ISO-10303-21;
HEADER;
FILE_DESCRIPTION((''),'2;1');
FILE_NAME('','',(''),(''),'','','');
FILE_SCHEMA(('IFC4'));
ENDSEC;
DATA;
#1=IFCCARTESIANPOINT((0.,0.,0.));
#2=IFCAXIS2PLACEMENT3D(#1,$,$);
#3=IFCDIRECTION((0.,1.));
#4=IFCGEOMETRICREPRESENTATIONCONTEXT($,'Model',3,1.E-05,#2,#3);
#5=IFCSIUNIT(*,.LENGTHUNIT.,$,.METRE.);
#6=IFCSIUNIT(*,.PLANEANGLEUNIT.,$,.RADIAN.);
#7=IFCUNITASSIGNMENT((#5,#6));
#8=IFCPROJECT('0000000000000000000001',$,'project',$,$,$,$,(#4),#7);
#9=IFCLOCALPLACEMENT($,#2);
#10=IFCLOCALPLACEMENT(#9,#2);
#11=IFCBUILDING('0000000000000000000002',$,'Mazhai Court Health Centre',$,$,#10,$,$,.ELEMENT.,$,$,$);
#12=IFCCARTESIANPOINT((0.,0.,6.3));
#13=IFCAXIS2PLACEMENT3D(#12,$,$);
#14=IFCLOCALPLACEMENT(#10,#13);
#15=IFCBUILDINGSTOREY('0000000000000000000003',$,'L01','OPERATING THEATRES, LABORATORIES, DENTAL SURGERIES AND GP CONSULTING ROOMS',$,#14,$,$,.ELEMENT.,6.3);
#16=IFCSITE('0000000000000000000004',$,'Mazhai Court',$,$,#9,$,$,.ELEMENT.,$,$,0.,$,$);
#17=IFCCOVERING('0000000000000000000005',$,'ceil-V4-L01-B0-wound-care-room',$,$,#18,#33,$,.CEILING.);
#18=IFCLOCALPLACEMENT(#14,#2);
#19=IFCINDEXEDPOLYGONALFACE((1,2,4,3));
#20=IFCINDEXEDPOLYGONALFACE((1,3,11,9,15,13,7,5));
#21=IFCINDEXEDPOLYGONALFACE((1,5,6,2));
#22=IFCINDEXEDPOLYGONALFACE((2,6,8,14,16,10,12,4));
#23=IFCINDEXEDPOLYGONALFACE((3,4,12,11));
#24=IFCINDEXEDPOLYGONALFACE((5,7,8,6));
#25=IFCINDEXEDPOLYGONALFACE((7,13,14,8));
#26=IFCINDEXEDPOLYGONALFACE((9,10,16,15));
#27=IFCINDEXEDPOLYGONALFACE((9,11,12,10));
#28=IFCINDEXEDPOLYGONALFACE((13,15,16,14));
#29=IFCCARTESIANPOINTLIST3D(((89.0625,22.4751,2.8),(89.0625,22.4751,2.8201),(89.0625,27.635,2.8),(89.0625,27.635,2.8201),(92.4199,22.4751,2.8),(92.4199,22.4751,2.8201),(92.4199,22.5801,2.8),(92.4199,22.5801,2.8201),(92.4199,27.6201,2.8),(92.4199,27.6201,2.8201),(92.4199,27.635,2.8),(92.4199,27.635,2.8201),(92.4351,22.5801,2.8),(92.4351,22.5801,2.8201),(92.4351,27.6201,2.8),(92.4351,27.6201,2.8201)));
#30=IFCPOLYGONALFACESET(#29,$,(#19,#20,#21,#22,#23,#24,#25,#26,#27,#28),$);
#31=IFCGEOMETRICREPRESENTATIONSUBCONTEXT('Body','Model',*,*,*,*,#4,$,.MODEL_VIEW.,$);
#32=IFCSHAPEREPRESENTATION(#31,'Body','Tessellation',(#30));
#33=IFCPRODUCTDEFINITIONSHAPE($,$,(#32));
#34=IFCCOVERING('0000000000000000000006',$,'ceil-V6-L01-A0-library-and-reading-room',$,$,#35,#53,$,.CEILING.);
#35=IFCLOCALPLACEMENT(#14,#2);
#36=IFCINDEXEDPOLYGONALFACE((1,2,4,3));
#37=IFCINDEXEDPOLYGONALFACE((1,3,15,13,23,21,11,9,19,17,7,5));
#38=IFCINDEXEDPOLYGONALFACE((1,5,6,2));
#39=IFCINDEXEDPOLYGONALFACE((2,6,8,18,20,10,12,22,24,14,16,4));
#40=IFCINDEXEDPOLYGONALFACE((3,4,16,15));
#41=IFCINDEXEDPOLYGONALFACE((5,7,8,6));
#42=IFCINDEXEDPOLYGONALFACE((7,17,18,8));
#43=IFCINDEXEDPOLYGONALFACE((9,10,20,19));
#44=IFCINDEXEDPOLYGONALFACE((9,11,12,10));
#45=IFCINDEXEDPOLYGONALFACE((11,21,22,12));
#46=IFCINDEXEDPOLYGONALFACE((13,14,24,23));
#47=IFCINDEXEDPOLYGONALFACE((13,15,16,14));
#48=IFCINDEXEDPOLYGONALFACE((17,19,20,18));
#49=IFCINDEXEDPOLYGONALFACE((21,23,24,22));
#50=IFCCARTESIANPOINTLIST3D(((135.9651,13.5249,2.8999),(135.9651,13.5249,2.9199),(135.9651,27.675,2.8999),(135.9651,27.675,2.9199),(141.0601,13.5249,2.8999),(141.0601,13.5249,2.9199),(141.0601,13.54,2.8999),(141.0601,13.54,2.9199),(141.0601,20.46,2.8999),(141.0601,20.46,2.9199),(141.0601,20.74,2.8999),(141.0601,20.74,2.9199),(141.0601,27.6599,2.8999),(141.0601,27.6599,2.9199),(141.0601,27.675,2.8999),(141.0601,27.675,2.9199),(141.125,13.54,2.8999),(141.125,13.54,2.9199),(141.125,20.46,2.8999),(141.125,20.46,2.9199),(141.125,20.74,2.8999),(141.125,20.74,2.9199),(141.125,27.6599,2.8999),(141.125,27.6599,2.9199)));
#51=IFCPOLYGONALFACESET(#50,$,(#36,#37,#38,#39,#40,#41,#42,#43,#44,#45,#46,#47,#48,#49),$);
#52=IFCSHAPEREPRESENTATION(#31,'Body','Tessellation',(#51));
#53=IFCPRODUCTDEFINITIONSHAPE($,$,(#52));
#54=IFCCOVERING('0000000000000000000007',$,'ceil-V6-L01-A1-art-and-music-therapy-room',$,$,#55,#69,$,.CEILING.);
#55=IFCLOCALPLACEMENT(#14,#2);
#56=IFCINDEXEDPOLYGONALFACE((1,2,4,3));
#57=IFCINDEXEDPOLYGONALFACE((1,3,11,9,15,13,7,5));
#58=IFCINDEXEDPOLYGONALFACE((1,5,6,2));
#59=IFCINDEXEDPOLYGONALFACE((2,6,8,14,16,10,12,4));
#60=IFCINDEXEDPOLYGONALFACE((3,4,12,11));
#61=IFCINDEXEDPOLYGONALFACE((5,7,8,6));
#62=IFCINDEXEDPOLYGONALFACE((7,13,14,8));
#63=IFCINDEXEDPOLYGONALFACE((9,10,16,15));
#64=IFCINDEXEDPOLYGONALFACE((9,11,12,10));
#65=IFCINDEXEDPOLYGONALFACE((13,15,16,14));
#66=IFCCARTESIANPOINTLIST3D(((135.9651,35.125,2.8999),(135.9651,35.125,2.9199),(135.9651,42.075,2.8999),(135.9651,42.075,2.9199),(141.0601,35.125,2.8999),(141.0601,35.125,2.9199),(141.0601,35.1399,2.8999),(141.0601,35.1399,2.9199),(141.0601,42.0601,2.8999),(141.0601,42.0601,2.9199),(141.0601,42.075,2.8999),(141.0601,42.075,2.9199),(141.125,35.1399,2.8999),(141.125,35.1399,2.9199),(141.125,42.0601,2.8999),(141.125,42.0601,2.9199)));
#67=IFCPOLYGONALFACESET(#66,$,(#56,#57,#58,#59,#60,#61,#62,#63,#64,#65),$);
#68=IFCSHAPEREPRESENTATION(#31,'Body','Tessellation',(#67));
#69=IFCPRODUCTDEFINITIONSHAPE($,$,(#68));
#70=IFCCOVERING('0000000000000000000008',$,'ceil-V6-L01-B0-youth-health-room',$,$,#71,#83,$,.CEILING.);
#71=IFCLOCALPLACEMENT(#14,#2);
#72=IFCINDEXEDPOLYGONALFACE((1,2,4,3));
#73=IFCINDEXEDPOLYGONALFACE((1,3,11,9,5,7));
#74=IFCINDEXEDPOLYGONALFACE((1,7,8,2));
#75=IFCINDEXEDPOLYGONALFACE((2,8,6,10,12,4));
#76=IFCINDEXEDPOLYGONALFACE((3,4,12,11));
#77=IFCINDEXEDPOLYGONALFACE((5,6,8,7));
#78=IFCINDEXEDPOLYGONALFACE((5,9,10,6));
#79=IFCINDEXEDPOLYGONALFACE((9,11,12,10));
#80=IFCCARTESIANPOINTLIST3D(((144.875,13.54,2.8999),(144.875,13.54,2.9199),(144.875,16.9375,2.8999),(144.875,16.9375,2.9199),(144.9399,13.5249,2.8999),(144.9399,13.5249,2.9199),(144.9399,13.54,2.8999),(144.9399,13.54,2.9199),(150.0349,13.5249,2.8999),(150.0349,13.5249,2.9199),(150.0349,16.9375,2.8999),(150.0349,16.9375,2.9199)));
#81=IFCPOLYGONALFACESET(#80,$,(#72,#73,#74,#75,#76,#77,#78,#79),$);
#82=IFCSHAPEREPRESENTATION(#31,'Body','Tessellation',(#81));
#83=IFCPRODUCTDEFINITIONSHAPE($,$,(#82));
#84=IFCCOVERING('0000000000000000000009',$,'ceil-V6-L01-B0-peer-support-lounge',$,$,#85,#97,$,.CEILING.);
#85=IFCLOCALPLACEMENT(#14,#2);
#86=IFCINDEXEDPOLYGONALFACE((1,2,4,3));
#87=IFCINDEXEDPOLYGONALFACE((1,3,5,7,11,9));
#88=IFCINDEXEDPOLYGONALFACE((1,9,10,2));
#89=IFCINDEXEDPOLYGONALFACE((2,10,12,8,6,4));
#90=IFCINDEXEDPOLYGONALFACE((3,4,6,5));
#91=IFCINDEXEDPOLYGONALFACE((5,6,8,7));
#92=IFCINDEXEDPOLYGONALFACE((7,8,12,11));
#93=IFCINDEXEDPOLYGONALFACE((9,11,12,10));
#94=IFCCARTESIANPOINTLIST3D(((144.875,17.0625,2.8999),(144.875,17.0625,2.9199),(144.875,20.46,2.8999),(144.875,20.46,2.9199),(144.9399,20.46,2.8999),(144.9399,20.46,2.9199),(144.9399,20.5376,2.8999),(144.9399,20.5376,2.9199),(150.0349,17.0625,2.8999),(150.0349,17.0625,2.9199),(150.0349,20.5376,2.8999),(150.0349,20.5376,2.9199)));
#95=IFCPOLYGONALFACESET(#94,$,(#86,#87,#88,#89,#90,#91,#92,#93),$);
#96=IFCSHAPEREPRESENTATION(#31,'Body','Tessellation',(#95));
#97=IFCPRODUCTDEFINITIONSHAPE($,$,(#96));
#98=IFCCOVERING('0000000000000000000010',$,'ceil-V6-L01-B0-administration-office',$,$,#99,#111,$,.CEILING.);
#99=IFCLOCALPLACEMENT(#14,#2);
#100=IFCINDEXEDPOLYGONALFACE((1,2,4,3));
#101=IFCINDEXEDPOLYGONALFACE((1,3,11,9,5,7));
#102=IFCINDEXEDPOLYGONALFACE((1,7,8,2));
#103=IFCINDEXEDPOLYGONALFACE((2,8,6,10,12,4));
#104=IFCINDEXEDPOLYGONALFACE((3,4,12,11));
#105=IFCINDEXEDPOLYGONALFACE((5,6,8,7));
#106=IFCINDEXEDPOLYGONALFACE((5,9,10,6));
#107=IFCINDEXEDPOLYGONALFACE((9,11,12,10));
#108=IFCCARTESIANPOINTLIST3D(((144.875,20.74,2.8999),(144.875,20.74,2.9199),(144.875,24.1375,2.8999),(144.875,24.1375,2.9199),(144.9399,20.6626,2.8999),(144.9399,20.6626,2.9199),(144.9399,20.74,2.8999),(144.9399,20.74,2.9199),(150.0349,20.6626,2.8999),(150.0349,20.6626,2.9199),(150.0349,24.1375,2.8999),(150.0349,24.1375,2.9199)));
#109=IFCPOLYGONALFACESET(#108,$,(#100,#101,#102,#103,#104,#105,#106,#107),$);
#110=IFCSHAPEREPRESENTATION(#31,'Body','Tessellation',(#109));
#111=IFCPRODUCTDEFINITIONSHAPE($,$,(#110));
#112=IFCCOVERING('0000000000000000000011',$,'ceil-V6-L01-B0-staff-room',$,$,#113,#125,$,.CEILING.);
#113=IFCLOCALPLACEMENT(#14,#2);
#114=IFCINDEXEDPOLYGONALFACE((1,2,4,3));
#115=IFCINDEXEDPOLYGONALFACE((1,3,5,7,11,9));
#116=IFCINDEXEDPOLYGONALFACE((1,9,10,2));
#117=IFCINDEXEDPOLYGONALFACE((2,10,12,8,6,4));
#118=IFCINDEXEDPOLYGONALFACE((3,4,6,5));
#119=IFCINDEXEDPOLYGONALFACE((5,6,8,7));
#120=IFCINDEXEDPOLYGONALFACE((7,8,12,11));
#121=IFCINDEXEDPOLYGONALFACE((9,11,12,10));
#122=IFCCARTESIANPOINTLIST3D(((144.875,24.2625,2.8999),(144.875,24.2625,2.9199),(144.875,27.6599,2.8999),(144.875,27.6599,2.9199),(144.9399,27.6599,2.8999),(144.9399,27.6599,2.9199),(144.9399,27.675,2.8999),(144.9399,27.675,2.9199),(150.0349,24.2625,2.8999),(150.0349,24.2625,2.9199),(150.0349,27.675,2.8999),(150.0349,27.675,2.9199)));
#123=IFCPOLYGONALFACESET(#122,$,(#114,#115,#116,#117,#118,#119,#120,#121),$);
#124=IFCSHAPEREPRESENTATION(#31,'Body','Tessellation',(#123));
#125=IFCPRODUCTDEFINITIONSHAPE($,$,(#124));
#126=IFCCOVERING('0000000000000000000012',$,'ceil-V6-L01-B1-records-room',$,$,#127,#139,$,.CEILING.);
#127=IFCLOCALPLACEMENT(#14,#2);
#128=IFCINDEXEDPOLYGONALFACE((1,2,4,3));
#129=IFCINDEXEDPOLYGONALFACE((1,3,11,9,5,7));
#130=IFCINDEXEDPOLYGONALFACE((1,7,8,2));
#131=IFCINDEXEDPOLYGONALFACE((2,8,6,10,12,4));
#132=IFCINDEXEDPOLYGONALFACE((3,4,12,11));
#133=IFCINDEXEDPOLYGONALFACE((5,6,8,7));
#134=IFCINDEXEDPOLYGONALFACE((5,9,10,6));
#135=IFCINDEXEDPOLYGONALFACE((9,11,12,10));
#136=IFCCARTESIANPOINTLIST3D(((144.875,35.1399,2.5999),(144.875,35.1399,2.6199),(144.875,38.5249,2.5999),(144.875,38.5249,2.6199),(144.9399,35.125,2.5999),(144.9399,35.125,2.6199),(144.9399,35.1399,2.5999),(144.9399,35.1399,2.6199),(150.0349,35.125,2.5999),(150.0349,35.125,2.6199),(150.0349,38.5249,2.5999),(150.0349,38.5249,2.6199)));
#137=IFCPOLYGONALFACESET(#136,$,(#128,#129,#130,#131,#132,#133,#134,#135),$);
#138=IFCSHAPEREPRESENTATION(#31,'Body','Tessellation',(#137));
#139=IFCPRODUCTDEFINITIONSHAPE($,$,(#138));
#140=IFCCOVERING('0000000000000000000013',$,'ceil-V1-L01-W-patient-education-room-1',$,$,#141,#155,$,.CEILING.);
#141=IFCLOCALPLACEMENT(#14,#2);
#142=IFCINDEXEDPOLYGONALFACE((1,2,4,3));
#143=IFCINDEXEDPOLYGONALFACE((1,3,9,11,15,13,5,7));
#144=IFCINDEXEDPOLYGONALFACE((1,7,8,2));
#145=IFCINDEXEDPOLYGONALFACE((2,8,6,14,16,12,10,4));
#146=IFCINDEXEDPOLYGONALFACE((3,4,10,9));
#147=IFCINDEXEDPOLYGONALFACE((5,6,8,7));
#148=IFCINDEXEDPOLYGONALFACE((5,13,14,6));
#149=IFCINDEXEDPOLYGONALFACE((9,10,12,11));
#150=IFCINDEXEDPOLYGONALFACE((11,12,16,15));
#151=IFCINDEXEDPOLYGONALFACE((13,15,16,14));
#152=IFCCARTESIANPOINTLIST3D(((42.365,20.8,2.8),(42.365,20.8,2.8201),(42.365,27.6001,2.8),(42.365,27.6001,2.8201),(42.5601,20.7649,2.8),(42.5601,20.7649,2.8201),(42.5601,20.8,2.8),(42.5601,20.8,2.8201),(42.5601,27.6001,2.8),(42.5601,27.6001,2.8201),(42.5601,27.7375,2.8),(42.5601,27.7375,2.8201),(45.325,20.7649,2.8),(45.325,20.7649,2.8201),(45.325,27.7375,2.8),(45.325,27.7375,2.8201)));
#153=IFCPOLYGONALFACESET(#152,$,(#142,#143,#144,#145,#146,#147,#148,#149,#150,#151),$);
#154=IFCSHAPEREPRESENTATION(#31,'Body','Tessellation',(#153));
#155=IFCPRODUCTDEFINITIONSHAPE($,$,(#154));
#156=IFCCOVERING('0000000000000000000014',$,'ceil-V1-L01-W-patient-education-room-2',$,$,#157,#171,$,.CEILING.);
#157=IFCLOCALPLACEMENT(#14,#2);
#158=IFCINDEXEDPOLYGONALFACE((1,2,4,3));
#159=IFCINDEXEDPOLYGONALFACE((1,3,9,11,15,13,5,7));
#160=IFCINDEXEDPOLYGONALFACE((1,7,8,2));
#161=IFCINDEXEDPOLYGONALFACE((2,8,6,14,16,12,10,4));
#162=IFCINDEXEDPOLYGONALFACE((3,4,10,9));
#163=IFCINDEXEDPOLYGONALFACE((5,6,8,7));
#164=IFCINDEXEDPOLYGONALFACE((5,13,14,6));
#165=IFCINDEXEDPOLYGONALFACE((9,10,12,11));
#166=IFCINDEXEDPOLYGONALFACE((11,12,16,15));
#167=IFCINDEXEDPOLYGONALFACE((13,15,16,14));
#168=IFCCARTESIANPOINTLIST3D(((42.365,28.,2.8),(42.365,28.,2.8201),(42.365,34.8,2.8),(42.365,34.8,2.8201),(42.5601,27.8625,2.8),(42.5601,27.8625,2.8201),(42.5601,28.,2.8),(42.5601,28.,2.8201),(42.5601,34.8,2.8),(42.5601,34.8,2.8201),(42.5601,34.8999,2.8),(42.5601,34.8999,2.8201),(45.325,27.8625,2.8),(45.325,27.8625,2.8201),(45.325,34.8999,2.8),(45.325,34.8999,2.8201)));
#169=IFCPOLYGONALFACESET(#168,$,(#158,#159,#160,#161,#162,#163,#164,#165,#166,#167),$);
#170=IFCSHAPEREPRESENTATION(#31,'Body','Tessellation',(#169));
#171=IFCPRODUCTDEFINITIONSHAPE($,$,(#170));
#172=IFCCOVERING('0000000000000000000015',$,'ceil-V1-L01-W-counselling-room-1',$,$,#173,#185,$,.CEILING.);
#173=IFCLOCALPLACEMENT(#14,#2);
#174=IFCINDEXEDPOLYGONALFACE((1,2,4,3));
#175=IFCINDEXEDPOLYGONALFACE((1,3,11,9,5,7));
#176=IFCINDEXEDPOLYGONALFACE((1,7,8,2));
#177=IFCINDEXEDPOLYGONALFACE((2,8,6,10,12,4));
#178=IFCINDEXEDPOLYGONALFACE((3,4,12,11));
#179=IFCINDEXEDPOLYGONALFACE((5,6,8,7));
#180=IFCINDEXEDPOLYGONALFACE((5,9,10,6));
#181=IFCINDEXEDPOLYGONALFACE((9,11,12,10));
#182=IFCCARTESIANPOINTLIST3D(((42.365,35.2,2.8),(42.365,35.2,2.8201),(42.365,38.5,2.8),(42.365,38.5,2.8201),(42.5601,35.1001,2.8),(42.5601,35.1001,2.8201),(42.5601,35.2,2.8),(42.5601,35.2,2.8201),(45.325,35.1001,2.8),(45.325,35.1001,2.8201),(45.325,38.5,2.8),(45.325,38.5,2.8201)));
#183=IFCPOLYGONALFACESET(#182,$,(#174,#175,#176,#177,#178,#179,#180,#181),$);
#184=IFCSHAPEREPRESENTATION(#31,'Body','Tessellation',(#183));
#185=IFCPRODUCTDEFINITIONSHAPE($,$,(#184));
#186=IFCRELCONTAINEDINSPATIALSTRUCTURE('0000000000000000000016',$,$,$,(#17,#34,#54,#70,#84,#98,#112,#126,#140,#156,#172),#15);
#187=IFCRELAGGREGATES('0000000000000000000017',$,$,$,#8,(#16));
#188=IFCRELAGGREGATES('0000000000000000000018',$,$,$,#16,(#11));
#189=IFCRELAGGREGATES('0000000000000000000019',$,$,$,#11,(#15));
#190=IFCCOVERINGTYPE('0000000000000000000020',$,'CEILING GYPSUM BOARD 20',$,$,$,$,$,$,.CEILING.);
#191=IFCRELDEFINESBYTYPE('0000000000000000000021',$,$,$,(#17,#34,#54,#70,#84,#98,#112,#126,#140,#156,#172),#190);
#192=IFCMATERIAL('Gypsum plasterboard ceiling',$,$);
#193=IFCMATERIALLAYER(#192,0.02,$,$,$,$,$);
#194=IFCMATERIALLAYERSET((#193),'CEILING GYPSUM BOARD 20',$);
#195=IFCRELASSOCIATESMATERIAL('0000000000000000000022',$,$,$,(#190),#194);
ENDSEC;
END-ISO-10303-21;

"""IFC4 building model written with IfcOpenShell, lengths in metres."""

from ifc_helpers import new_model, si_unit, direction, frame, origin, place, context, subcontext, project, spatial, polyline, outline, extrude, material, layer, layer_set, type_object, element, save


model = new_model("IFC4")

# Units and contexts
model_context = context("Model", 3, precision=1e-05, world=origin(), true_north=direction((0.0, 1.0)))
body_context = subcontext(model_context, "Body", "Model", "MODEL_VIEW")
ifc_project = project(units=[si_unit("LENGTHUNIT", "METRE"), si_unit("PLANEANGLEUNIT", "RADIAN")], contexts=[model_context])

# Site, building, storey
site_placement = place(None, origin())
site = spatial("IfcSite", under=ifc_project, at=site_placement, Name="Mazhai Court", CompositionType="ELEMENT", RefElevation=0.0)
building_placement = place(site_placement, origin())
building = spatial("IfcBuilding", under=site, at=building_placement, Name="Mazhai Court Health Centre", CompositionType="ELEMENT")
storey_placement = place(building_placement, frame((0.0, 0.0, 6.3)))
storey = spatial("IfcBuildingStorey", under=building, at=storey_placement, Name="L01", Description="OPERATING THEATRES, LABORATORIES, DENTAL SURGERIES AND GP CONSULTING ROOMS", CompositionType="ELEMENT", Elevation=6.3)

# Coverings
ifc_material_1 = material(Name="Gypsum plasterboard ceiling")
ifc_layer_1 = layer(ifc_material_1, 0.02)
ifc_layer_set_1 = layer_set([ifc_layer_1], Name="CEILING GYPSUM BOARD 20")
covering_type_1 = type_object("IfcCoveringType", Name="CEILING GYPSUM BOARD 20", PredefinedType="CEILING", material=ifc_layer_set_1)
covering_1_placement = place(storey_placement, frame((0.0, 0.0, 2.8)))
element("IfcCovering", 1, at=covering_1_placement, inside=storey, type_object=covering_type_1, Name="ceil-V4-L01-B0-wound-care-room", PredefinedType="CEILING", context=body_context, shape_type="SweptSolid", body=[
    extrude(outline(polyline([(92.4351, 27.6201), (92.4199, 27.6201), (92.4199, 27.635), (89.0625, 27.635), (89.0625, 22.4751), (92.4199, 22.4751), (92.4199, 22.5801), (92.4351, 22.5801), (92.4351, 27.6201)])), origin(), (0.0, 0.0, 1.0), 0.02),
])
covering_2_placement = place(storey_placement, frame((0.0, 0.0, 2.8999)))
element("IfcCovering", 2, at=covering_2_placement, inside=storey, type_object=covering_type_1, Name="ceil-V6-L01-A0-library-and-reading-room", PredefinedType="CEILING", context=body_context, shape_type="SweptSolid", body=[
    extrude(outline(polyline([(141.125, 20.46), (141.0601, 20.46), (141.0601, 20.74), (141.125, 20.74), (141.125, 27.6599), (141.0601, 27.6599), (141.0601, 27.675), (135.9651, 27.675), (135.9651, 13.5249), (141.0601, 13.5249), (141.0601, 13.54), (141.125, 13.54), (141.125, 20.46)])), origin(), (0.0, 0.0, 1.0), 0.02),
])
covering_3_placement = place(storey_placement, frame((0.0, 0.0, 2.8999)))
element("IfcCovering", 3, at=covering_3_placement, inside=storey, type_object=covering_type_1, Name="ceil-V6-L01-A1-art-and-music-therapy-room", PredefinedType="CEILING", context=body_context, shape_type="SweptSolid", body=[
    extrude(outline(polyline([(141.125, 42.0601), (141.0601, 42.0601), (141.0601, 42.075), (135.9651, 42.075), (135.9651, 35.125), (141.0601, 35.125), (141.0601, 35.1399), (141.125, 35.1399), (141.125, 42.0601)])), origin(), (0.0, 0.0, 1.0), 0.02),
])
covering_4_placement = place(storey_placement, frame((0.0, 0.0, 2.8999)))
element("IfcCovering", 4, at=covering_4_placement, inside=storey, type_object=covering_type_1, Name="ceil-V6-L01-B0-youth-health-room", PredefinedType="CEILING", context=body_context, shape_type="SweptSolid", body=[
    extrude(outline(polyline([(144.875, 13.54), (144.9399, 13.54), (144.9399, 13.5249), (150.0349, 13.5249), (150.0349, 16.9375), (144.875, 16.9375), (144.875, 13.54)])), origin(), (0.0, 0.0, 1.0), 0.02),
])
covering_5_placement = place(storey_placement, frame((0.0, 0.0, 2.8999)))
element("IfcCovering", 5, at=covering_5_placement, inside=storey, type_object=covering_type_1, Name="ceil-V6-L01-B0-peer-support-lounge", PredefinedType="CEILING", context=body_context, shape_type="SweptSolid", body=[
    extrude(outline(polyline([(144.9399, 20.5376), (144.9399, 20.46), (144.875, 20.46), (144.875, 17.0625), (150.0349, 17.0625), (150.0349, 20.5376), (144.9399, 20.5376)])), origin(), (0.0, 0.0, 1.0), 0.02),
])
covering_6_placement = place(storey_placement, frame((0.0, 0.0, 2.8999)))
element("IfcCovering", 6, at=covering_6_placement, inside=storey, type_object=covering_type_1, Name="ceil-V6-L01-B0-administration-office", PredefinedType="CEILING", context=body_context, shape_type="SweptSolid", body=[
    extrude(outline(polyline([(144.875, 20.74), (144.9399, 20.74), (144.9399, 20.6626), (150.0349, 20.6626), (150.0349, 24.1375), (144.875, 24.1375), (144.875, 20.74)])), origin(), (0.0, 0.0, 1.0), 0.02),
])
covering_7_placement = place(storey_placement, frame((0.0, 0.0, 2.8999)))
element("IfcCovering", 7, at=covering_7_placement, inside=storey, type_object=covering_type_1, Name="ceil-V6-L01-B0-staff-room", PredefinedType="CEILING", context=body_context, shape_type="SweptSolid", body=[
    extrude(outline(polyline([(144.9399, 27.675), (144.9399, 27.6599), (144.875, 27.6599), (144.875, 24.2625), (150.0349, 24.2625), (150.0349, 27.675), (144.9399, 27.675)])), origin(), (0.0, 0.0, 1.0), 0.02),
])
covering_8_placement = place(storey_placement, frame((0.0, 0.0, 2.5999)))
element("IfcCovering", 8, at=covering_8_placement, inside=storey, type_object=covering_type_1, Name="ceil-V6-L01-B1-records-room", PredefinedType="CEILING", context=body_context, shape_type="SweptSolid", body=[
    extrude(outline(polyline([(144.875, 35.1399), (144.9399, 35.1399), (144.9399, 35.125), (150.0349, 35.125), (150.0349, 38.5249), (144.875, 38.5249), (144.875, 35.1399)])), origin(), (0.0, 0.0, 1.0), 0.02),
])
covering_9_placement = place(storey_placement, frame((0.0, 0.0, 2.8)))
element("IfcCovering", 9, at=covering_9_placement, inside=storey, type_object=covering_type_1, Name="ceil-V1-L01-W-patient-education-room-1", PredefinedType="CEILING", context=body_context, shape_type="SweptSolid", body=[
    extrude(outline(polyline([(42.5601, 27.7375), (42.5601, 27.6001), (42.365, 27.6001), (42.365, 20.8), (42.5601, 20.8), (42.5601, 20.7649), (45.325, 20.7649), (45.325, 27.7375), (42.5601, 27.7375)])), origin(), (0.0, 0.0, 1.0), 0.02),
])
covering_10_placement = place(storey_placement, frame((0.0, 0.0, 2.8)))
element("IfcCovering", 10, at=covering_10_placement, inside=storey, type_object=covering_type_1, Name="ceil-V1-L01-W-patient-education-room-2", PredefinedType="CEILING", context=body_context, shape_type="SweptSolid", body=[
    extrude(outline(polyline([(42.5601, 34.8999), (42.5601, 34.8), (42.365, 34.8), (42.365, 28.0), (42.5601, 28.0), (42.5601, 27.8625), (45.325, 27.8625), (45.325, 34.8999), (42.5601, 34.8999)])), origin(), (0.0, 0.0, 1.0), 0.02),
])
covering_11_placement = place(storey_placement, frame((0.0, 0.0, 2.8)))
element("IfcCovering", 11, at=covering_11_placement, inside=storey, type_object=covering_type_1, Name="ceil-V1-L01-W-counselling-room-1", PredefinedType="CEILING", context=body_context, shape_type="SweptSolid", body=[
    extrude(outline(polyline([(42.365, 35.2), (42.5601, 35.2), (42.5601, 35.1001), (45.325, 35.1001), (45.325, 38.5), (42.365, 38.5), (42.365, 35.2)])), origin(), (0.0, 0.0, 1.0), 0.02),
])

save(model, "model.ifc")
